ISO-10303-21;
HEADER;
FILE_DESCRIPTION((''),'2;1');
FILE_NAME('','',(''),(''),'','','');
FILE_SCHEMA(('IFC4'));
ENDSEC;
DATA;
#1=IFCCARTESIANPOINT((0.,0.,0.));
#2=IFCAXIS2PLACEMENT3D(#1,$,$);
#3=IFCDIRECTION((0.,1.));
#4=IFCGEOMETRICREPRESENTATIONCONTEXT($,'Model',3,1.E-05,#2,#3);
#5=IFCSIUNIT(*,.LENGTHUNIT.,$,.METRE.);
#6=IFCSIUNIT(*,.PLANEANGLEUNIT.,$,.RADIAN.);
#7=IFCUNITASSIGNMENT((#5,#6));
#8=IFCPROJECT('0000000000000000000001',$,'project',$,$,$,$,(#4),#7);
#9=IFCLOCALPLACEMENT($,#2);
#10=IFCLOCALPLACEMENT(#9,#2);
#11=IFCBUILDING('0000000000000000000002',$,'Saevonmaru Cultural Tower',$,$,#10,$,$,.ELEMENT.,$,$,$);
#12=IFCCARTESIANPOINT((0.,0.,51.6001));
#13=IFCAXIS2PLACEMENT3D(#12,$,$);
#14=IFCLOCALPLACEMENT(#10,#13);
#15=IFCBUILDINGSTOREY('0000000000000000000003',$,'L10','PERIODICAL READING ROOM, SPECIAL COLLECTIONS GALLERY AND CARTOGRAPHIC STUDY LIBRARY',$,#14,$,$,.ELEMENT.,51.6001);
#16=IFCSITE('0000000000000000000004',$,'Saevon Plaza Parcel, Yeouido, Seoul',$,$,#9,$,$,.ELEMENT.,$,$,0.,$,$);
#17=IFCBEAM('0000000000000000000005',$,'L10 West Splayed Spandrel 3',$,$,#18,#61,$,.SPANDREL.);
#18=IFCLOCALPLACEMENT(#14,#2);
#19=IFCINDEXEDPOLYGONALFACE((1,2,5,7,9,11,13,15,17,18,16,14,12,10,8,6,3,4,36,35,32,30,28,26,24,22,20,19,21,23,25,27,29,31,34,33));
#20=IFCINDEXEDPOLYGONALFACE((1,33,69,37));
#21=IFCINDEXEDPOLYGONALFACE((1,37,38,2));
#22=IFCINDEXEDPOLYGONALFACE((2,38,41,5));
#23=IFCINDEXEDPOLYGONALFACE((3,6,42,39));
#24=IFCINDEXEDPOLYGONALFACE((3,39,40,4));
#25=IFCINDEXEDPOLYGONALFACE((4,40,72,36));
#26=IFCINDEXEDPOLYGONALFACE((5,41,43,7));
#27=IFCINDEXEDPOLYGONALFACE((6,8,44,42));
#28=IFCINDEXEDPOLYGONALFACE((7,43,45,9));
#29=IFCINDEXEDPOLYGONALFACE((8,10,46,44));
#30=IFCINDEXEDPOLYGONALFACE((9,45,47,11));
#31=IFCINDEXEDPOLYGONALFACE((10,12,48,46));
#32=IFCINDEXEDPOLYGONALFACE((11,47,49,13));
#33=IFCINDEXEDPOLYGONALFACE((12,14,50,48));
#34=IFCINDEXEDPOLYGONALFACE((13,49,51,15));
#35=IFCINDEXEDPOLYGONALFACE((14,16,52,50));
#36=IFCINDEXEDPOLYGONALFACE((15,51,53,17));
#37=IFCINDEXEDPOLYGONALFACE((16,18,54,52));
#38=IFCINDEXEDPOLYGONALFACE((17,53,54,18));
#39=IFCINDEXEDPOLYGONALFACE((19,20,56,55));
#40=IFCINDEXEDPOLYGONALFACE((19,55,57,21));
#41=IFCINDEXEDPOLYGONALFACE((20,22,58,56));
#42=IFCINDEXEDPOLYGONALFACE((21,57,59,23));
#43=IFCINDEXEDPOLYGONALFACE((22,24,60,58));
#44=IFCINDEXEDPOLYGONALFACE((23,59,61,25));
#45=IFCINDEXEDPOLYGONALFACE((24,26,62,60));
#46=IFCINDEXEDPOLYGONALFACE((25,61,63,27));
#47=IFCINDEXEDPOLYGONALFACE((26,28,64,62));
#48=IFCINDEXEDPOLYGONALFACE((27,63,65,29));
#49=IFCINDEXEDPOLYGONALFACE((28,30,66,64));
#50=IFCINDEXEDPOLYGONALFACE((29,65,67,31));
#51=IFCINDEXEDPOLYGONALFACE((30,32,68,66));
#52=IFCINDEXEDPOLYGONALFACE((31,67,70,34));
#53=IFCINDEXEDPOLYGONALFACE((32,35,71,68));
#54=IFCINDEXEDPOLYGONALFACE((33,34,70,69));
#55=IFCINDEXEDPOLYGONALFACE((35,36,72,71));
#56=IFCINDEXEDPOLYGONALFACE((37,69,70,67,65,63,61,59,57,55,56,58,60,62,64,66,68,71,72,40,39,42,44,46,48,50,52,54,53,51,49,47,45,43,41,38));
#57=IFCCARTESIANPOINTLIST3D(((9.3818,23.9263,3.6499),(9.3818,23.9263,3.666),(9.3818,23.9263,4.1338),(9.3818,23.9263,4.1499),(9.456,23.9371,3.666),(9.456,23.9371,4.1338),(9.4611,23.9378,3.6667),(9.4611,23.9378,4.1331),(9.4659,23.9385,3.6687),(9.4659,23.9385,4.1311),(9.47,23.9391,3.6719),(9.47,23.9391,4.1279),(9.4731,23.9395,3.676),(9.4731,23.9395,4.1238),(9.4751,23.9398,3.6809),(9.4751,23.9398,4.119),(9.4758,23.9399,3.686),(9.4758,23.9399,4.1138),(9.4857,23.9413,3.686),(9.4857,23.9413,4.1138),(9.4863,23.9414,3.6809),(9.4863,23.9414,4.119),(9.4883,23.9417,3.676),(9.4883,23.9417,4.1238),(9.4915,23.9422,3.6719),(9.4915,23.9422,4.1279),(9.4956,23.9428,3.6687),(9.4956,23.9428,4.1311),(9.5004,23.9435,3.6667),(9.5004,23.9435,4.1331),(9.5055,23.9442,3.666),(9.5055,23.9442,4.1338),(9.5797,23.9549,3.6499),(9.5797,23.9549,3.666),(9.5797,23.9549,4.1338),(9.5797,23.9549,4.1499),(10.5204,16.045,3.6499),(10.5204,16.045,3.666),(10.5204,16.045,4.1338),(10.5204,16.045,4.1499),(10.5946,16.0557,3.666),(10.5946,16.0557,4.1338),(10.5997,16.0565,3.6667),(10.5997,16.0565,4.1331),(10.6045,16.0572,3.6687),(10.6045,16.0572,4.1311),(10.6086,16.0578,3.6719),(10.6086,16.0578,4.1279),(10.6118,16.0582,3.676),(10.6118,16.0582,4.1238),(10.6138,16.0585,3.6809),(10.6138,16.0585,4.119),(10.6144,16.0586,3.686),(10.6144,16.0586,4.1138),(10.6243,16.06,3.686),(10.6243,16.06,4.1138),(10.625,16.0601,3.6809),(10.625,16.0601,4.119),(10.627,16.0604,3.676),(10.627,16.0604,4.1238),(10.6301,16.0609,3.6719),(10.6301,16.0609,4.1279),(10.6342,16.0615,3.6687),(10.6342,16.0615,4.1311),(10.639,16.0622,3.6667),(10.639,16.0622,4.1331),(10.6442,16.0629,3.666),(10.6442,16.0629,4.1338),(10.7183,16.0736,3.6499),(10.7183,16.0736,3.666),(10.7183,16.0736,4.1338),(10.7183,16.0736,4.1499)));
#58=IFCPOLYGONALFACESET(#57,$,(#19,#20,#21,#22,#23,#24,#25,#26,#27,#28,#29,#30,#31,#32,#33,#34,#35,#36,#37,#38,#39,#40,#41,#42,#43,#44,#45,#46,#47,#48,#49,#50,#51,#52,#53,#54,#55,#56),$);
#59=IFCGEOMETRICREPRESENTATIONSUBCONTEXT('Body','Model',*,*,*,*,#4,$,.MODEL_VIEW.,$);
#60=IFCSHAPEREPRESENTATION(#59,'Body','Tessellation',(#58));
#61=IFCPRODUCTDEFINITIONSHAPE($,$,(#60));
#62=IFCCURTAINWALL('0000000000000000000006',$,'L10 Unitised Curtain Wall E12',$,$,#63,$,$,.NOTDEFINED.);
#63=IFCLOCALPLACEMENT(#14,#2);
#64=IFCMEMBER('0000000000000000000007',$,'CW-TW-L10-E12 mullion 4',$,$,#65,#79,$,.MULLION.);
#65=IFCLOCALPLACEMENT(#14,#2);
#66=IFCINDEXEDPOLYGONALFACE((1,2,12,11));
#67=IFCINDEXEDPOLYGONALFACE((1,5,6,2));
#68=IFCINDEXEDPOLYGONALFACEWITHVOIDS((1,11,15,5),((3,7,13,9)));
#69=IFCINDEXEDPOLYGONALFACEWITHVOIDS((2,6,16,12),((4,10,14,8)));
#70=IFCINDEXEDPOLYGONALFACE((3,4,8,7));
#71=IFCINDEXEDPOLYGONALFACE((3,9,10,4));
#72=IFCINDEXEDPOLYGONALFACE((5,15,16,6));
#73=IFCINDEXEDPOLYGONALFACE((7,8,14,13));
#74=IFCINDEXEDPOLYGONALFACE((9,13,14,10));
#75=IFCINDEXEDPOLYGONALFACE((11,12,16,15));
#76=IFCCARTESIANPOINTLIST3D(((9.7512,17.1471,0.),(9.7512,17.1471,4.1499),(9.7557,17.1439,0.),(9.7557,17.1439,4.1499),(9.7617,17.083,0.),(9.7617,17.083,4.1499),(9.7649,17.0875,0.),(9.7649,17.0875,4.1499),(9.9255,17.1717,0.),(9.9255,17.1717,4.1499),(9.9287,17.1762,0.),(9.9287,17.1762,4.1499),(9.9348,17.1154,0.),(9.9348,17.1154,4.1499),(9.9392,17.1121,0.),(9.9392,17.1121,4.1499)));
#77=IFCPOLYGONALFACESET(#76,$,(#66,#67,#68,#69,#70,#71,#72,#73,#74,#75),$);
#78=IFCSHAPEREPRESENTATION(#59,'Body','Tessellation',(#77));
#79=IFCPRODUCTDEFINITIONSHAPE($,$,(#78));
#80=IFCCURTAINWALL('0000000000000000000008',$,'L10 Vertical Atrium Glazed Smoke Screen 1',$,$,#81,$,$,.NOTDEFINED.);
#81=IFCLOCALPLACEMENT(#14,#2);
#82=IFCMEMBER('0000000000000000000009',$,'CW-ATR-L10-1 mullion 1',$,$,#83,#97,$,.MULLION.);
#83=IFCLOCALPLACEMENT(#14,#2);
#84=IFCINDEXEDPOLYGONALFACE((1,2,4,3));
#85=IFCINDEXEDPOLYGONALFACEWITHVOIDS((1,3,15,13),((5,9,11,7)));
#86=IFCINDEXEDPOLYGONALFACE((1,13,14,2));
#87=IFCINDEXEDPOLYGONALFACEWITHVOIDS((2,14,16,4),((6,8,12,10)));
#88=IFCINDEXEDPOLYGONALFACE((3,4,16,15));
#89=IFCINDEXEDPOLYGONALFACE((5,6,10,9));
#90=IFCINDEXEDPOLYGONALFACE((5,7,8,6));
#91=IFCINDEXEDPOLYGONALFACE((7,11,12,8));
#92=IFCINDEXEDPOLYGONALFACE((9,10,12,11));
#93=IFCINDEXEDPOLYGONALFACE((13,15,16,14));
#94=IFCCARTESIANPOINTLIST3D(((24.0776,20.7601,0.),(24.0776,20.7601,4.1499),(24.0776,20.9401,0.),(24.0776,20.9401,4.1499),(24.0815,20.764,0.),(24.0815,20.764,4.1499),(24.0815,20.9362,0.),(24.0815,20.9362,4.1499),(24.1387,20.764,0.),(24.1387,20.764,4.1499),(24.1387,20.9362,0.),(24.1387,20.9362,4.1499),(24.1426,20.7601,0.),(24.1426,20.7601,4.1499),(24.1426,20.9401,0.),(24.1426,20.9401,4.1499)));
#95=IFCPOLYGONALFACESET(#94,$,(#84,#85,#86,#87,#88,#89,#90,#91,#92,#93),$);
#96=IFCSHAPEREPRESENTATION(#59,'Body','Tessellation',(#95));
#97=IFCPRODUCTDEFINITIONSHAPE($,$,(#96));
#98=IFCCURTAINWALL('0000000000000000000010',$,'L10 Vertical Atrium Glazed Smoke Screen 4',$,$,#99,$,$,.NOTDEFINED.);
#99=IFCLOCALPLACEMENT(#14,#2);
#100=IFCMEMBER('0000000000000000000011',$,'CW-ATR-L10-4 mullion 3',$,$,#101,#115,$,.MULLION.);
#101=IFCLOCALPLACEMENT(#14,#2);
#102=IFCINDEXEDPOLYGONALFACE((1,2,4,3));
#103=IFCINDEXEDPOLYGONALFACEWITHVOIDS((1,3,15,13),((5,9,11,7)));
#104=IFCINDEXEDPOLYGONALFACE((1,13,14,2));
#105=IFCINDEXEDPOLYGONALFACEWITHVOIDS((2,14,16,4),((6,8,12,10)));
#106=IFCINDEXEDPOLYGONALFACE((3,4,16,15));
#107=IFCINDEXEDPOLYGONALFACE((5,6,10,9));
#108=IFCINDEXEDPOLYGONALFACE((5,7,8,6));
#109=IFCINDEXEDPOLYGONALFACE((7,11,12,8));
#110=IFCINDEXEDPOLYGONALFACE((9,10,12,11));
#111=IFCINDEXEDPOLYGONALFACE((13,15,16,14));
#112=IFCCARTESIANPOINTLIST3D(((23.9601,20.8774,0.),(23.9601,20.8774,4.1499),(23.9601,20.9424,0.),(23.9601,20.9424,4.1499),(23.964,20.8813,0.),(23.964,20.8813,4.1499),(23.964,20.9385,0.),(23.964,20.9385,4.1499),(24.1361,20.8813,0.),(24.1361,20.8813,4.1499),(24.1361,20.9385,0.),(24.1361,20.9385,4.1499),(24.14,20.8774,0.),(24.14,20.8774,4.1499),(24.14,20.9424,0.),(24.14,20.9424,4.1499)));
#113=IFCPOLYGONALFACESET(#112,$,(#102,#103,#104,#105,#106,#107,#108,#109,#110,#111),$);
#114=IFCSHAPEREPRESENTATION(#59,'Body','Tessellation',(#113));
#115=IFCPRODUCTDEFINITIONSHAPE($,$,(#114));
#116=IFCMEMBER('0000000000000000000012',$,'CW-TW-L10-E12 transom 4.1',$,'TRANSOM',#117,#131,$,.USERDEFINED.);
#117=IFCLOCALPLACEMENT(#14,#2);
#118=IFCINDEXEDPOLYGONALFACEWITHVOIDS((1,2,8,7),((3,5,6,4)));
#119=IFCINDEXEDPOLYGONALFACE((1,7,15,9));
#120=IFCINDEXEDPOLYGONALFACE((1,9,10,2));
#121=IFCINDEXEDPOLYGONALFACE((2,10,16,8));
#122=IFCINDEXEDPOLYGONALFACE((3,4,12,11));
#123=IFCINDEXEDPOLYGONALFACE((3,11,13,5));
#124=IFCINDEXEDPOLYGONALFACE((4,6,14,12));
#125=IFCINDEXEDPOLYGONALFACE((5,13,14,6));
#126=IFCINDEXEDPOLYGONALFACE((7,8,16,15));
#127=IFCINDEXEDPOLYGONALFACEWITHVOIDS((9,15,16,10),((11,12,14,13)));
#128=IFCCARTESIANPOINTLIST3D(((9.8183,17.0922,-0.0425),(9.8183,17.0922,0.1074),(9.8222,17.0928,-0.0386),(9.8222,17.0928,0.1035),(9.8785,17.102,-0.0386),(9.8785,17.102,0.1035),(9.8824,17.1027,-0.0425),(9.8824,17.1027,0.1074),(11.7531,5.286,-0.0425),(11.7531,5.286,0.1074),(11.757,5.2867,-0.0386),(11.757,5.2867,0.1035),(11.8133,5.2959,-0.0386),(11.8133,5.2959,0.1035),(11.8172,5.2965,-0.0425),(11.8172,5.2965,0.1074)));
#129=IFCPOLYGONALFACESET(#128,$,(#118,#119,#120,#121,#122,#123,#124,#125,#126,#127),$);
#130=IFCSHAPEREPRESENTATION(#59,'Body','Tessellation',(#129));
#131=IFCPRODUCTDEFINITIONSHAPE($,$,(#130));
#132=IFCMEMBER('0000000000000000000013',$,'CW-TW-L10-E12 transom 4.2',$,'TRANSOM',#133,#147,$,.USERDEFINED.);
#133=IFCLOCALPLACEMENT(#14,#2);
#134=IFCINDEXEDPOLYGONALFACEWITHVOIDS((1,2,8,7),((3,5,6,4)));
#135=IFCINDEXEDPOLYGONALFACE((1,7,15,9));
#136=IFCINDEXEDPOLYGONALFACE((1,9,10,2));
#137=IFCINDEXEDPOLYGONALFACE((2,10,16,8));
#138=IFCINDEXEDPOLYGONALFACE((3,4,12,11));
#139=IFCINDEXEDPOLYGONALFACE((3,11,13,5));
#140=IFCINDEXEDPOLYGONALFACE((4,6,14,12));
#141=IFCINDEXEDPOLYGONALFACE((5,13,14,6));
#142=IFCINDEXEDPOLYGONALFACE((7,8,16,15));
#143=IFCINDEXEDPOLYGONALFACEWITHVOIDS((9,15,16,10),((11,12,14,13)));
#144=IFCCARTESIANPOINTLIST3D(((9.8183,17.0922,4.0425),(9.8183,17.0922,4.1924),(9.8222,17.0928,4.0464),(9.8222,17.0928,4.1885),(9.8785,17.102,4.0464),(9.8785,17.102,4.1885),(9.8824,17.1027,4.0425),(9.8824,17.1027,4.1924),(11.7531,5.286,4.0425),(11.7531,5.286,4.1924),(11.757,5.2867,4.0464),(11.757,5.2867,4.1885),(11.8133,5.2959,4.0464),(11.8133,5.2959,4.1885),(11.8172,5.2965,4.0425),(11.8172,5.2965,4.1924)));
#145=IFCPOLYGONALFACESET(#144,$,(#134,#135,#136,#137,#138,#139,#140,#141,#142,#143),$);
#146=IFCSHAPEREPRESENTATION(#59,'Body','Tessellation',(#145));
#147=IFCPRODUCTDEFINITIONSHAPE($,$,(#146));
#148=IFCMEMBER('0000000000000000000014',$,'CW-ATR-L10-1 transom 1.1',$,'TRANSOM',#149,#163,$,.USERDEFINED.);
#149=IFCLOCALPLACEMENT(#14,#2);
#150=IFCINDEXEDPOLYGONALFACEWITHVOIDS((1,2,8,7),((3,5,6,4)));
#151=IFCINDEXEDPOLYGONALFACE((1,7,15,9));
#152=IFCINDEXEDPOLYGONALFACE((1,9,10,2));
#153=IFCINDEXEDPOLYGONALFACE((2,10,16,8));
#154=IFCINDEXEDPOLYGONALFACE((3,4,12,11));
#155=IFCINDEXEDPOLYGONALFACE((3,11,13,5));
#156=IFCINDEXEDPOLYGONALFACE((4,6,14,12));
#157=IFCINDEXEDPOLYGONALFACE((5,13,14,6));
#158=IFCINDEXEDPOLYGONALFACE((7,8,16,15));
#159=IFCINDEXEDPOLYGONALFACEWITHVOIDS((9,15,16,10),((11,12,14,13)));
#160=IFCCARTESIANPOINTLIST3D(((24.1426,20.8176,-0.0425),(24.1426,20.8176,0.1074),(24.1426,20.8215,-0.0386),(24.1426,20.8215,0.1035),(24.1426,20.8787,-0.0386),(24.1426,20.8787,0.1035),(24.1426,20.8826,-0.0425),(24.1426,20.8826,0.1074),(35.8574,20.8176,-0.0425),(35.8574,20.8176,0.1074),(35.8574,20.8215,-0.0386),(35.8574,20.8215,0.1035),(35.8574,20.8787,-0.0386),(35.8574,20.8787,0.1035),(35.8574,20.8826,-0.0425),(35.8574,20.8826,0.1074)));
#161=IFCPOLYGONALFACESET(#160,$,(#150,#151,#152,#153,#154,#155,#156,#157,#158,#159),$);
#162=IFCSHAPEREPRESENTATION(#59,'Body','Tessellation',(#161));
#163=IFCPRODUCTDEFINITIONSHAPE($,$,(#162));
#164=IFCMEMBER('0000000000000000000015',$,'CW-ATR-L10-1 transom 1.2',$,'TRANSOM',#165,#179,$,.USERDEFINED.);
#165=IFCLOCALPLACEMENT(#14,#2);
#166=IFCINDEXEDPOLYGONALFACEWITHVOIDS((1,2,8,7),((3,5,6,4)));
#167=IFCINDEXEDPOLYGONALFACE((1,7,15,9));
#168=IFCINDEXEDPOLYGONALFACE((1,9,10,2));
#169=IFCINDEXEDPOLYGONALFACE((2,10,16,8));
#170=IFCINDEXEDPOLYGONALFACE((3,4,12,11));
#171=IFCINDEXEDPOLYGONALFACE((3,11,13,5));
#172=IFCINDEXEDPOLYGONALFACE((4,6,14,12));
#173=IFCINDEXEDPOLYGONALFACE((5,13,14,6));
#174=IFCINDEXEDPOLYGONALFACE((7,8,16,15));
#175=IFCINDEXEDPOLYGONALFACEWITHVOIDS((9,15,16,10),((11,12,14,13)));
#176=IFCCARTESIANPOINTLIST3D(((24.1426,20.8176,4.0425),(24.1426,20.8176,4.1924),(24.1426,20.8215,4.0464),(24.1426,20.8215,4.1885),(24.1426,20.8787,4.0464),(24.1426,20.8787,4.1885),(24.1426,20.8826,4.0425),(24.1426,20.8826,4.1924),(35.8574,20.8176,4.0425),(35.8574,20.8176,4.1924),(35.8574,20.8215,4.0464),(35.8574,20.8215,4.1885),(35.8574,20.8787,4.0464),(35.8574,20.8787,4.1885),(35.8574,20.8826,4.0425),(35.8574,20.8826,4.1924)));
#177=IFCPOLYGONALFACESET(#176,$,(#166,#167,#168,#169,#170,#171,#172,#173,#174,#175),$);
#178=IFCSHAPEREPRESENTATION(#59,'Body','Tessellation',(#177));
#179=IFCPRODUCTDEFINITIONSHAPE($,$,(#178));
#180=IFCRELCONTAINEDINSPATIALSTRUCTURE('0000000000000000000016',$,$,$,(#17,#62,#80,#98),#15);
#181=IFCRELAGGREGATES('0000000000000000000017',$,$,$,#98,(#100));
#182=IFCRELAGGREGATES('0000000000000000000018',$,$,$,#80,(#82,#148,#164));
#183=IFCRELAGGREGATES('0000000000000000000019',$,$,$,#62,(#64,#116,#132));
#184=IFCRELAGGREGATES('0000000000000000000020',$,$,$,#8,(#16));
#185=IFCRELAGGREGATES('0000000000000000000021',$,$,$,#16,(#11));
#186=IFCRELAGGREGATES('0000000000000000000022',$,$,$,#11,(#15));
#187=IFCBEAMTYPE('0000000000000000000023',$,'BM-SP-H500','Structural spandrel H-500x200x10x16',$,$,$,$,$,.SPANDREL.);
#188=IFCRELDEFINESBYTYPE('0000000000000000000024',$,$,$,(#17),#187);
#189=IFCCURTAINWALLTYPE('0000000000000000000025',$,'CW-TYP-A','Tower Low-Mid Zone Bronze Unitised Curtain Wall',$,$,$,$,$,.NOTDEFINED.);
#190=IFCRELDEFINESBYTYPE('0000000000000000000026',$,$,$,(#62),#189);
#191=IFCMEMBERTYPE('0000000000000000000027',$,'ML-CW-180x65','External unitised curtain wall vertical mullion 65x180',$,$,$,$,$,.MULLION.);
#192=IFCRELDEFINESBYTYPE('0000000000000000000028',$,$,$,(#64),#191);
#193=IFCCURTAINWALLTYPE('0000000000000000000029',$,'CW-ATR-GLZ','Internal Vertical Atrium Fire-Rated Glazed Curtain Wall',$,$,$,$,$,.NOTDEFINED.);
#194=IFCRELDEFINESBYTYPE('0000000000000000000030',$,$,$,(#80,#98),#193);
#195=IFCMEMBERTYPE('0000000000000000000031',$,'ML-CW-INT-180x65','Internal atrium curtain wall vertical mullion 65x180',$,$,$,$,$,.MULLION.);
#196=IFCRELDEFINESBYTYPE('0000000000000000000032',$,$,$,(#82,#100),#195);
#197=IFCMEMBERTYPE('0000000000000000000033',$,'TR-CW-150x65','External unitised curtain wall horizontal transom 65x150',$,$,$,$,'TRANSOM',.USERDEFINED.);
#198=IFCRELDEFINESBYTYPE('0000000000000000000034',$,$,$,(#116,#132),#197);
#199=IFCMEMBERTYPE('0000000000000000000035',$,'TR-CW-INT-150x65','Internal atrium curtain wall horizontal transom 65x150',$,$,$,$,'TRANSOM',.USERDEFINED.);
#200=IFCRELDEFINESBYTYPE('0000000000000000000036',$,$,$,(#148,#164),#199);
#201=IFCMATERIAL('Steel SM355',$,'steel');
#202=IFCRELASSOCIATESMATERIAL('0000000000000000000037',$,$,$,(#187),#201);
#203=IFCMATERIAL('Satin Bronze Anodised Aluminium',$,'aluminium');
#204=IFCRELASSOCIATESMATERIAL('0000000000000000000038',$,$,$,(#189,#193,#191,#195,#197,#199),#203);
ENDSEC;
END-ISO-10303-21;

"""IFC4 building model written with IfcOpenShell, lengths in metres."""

from ifc_helpers import new_model, si_unit, direction, frame, origin, origin_2d, place, context, subcontext, project, spatial, hollow_rectangle, i_section, extrude, material, material_profile, profile_set, type_object, element, aggregate, save


model = new_model("IFC4")

# Units and contexts
model_context = context("Model", 3, precision=1e-05, world=origin(), true_north=direction((0.0, 1.0)))
body_context = subcontext(model_context, "Body", "Model", "MODEL_VIEW")
ifc_project = project(units=[si_unit("LENGTHUNIT", "METRE"), si_unit("PLANEANGLEUNIT", "RADIAN")], contexts=[model_context])

# Site, building, storey
site_placement = place(None, origin())
site = spatial("IfcSite", under=ifc_project, at=site_placement, Name="Saevon Plaza Parcel, Yeouido, Seoul", CompositionType="ELEMENT", RefElevation=0.0)
building_placement = place(site_placement, origin())
building = spatial("IfcBuilding", under=site, at=building_placement, Name="Saevonmaru Cultural Tower", CompositionType="ELEMENT")
storey_placement = place(building_placement, frame((0.0, 0.0, 51.6001)))
storey = spatial("IfcBuildingStorey", under=building, at=storey_placement, Name="L10", Description="PERIODICAL READING ROOM, SPECIAL COLLECTIONS GALLERY AND CARTOGRAPHIC STUDY LIBRARY", CompositionType="ELEMENT", Elevation=51.6001)

# Beam
ifc_material_1 = material(Name="Steel SM355", Category="steel")
ifc_material_profile_1 = material_profile(ifc_material_1, i_section(OverallWidth=0.2, OverallDepth=0.5, WebThickness=0.01, FlangeThickness=0.0161, FilletRadius=0.02, at=origin_2d()), Name="H-500x200x10x16")
ifc_profile_set_1 = profile_set([ifc_material_profile_1], Name="Steel SM355")
beam_type_1 = type_object("IfcBeamType", Name="BM-SP-H500", Description="Structural spandrel H-500x200x10x16", PredefinedType="SPANDREL", material=ifc_profile_set_1)
beam_1_placement = place(storey_placement, frame((10.6194, 16.0593, 3.8999), z_axis=(-0.142992, 0.989724, 0.0), x_axis=(-0.989724, -0.142992, 0.0)))
element("IfcBeam", 1, at=beam_1_placement, inside=storey, type_object=beam_type_1, Name="L10 West Splayed Spandrel 3", PredefinedType="SPANDREL", context=body_context, shape_type="SweptSolid", body=[
    extrude(i_section(OverallWidth=0.2, OverallDepth=0.5, WebThickness=0.01, FlangeThickness=0.0161, FilletRadius=0.02, at=origin_2d()), origin(), (0.0, 0.0, 1.0), 7.9631),
])

# Curtain walls, members
ifc_material_2 = material(Name="Satin Bronze Anodised Aluminium", Category="aluminium")
curtain_wall_type_1 = type_object("IfcCurtainWallType", Name="CW-TYP-A", Description="Tower Low-Mid Zone Bronze Unitised Curtain Wall", PredefinedType="NOTDEFINED", material=ifc_material_2)
curtain_wall_1_placement = place(storey_placement, origin())
curtain_wall_1 = element("IfcCurtainWall", 2, at=curtain_wall_1_placement, inside=storey, type_object=curtain_wall_type_1, Name="L10 Unitised Curtain Wall E12", PredefinedType="NOTDEFINED")
ifc_material_profile_2 = material_profile(ifc_material_2, hollow_rectangle(XDim=0.0649, YDim=0.1799, WallThickness=0.0039, at=origin_2d()), Name="ALU-MULL-180x65x4")
ifc_profile_set_2 = profile_set([ifc_material_profile_2], Name="Satin Bronze Anodised Aluminium")
member_type_1 = type_object("IfcMemberType", Name="ML-CW-180x65", Description="External unitised curtain wall vertical mullion 65x180", PredefinedType="MULLION", material=ifc_profile_set_2)
member_1_placement = place(storey_placement, frame((9.8452, 17.1296, 0.0), z_axis=(0.0, 0.0, 1.0), x_axis=(0.161709, -0.986839, 0.0)))
member_1 = element("IfcMember", 3, at=member_1_placement, type_object=member_type_1, Name="CW-TW-L10-E12 mullion 4", PredefinedType="MULLION", context=body_context, shape_type="SweptSolid", body=[
    extrude(hollow_rectangle(XDim=0.0649, YDim=0.1799, WallThickness=0.0039, at=origin_2d()), origin(), (0.0, 0.0, 1.0), 4.1499),
])
curtain_wall_type_2 = type_object("IfcCurtainWallType", Name="CW-ATR-GLZ", Description="Internal Vertical Atrium Fire-Rated Glazed Curtain Wall", PredefinedType="NOTDEFINED", material=ifc_material_2)
curtain_wall_2_placement = place(storey_placement, origin())
curtain_wall_2 = element("IfcCurtainWall", 4, at=curtain_wall_2_placement, inside=storey, type_object=curtain_wall_type_2, Name="L10 Vertical Atrium Glazed Smoke Screen 1", PredefinedType="NOTDEFINED")
ifc_material_profile_3 = material_profile(ifc_material_2, hollow_rectangle(XDim=0.0649, YDim=0.1799, WallThickness=0.0039, at=origin_2d()), Name="ALU-MULL-180x65x4")
ifc_profile_set_3 = profile_set([ifc_material_profile_3], Name="Satin Bronze Anodised Aluminium")
member_type_2 = type_object("IfcMemberType", Name="ML-CW-INT-180x65", Description="Internal atrium curtain wall vertical mullion 65x180", PredefinedType="MULLION", material=ifc_profile_set_3)
member_2_placement = place(storey_placement, frame((24.1101, 20.8501, 0.0), z_axis=(0.0, 0.0, 1.0), x_axis=(1.0, 0.0, 0.0)))
member_2 = element("IfcMember", 5, at=member_2_placement, type_object=member_type_2, Name="CW-ATR-L10-1 mullion 1", PredefinedType="MULLION", context=body_context, shape_type="SweptSolid", body=[
    extrude(hollow_rectangle(XDim=0.0649, YDim=0.1799, WallThickness=0.0039, at=origin_2d()), origin(), (0.0, 0.0, 1.0), 4.1499),
])
curtain_wall_3_placement = place(storey_placement, origin())
curtain_wall_3 = element("IfcCurtainWall", 6, at=curtain_wall_3_placement, inside=storey, type_object=curtain_wall_type_2, Name="L10 Vertical Atrium Glazed Smoke Screen 4", PredefinedType="NOTDEFINED")
member_3_placement = place(storey_placement, frame((24.05, 20.9099, 0.0), z_axis=(0.0, 0.0, 1.0), x_axis=(0.0, -1.0, 0.0)))
member_3 = element("IfcMember", 7, at=member_3_placement, type_object=member_type_2, Name="CW-ATR-L10-4 mullion 3", PredefinedType="MULLION", context=body_context, shape_type="SweptSolid", body=[
    extrude(hollow_rectangle(XDim=0.0649, YDim=0.1799, WallThickness=0.0039, at=origin_2d()), origin(), (0.0, 0.0, 1.0), 4.1499),
])
aggregate(curtain_wall_3, [member_3])

# Members
ifc_material_profile_4 = material_profile(ifc_material_2, hollow_rectangle(XDim=0.0649, YDim=0.1499, WallThickness=0.0039, at=origin_2d()), Name="ALU-TRAN-150x65x4")
ifc_profile_set_4 = profile_set([ifc_material_profile_4], Name="Satin Bronze Anodised Aluminium")
member_type_3 = type_object("IfcMemberType", Name="TR-CW-150x65", Description="External unitised curtain wall horizontal transom 65x150", ElementType="TRANSOM", PredefinedType="USERDEFINED", material=ifc_profile_set_4)
member_4_placement = place(storey_placement, frame((9.8503, 17.0974, 0.0325), z_axis=(0.161725, -0.986836, 0.0), x_axis=(0.986836, 0.161725, 0.0)))
member_4 = element("IfcMember", 8, at=member_4_placement, type_object=member_type_3, Name="CW-TW-L10-E12 transom 4.1", ObjectType="TRANSOM", PredefinedType="USERDEFINED", context=body_context, shape_type="SweptSolid", body=[
    extrude(hollow_rectangle(XDim=0.0649, YDim=0.1499, WallThickness=0.0039, at=origin_2d()), origin(), (0.0, 0.0, 1.0), 11.9636),
])
member_5_placement = place(storey_placement, frame((9.8503, 17.0974, 4.1174), z_axis=(0.161725, -0.986836, 0.0), x_axis=(0.986836, 0.161725, 0.0)))
member_5 = element("IfcMember", 9, at=member_5_placement, type_object=member_type_3, Name="CW-TW-L10-E12 transom 4.2", ObjectType="TRANSOM", PredefinedType="USERDEFINED", context=body_context, shape_type="SweptSolid", body=[
    extrude(hollow_rectangle(XDim=0.0649, YDim=0.1499, WallThickness=0.0039, at=origin_2d()), origin(), (0.0, 0.0, 1.0), 11.9636),
])
ifc_material_profile_5 = material_profile(ifc_material_2, hollow_rectangle(XDim=0.0649, YDim=0.1499, WallThickness=0.0039, at=origin_2d()), Name="ALU-TRAN-150x65x4")
ifc_profile_set_5 = profile_set([ifc_material_profile_5], Name="Satin Bronze Anodised Aluminium")
member_type_4 = type_object("IfcMemberType", Name="TR-CW-INT-150x65", Description="Internal atrium curtain wall horizontal transom 65x150", ElementType="TRANSOM", PredefinedType="USERDEFINED", material=ifc_profile_set_5)
member_6_placement = place(storey_placement, frame((24.1426, 20.8501, 0.0325), z_axis=(1.0, 0.0, 0.0), x_axis=(0.0, 1.0, 0.0)))
member_6 = element("IfcMember", 10, at=member_6_placement, type_object=member_type_4, Name="CW-ATR-L10-1 transom 1.1", ObjectType="TRANSOM", PredefinedType="USERDEFINED", context=body_context, shape_type="SweptSolid", body=[
    extrude(hollow_rectangle(XDim=0.0649, YDim=0.1499, WallThickness=0.0039, at=origin_2d()), origin(), (0.0, 0.0, 1.0), 11.7148),
])
member_7_placement = place(storey_placement, frame((24.1426, 20.8501, 4.1174), z_axis=(1.0, 0.0, 0.0), x_axis=(0.0, 1.0, 0.0)))
member_7 = element("IfcMember", 11, at=member_7_placement, type_object=member_type_4, Name="CW-ATR-L10-1 transom 1.2", ObjectType="TRANSOM", PredefinedType="USERDEFINED", context=body_context, shape_type="SweptSolid", body=[
    extrude(hollow_rectangle(XDim=0.0649, YDim=0.1499, WallThickness=0.0039, at=origin_2d()), origin(), (0.0, 0.0, 1.0), 11.7148),
])
aggregate(curtain_wall_2, [member_2, member_6, member_7])

aggregate(curtain_wall_1, [member_1, member_4, member_5])

save(model, "model.ifc")
